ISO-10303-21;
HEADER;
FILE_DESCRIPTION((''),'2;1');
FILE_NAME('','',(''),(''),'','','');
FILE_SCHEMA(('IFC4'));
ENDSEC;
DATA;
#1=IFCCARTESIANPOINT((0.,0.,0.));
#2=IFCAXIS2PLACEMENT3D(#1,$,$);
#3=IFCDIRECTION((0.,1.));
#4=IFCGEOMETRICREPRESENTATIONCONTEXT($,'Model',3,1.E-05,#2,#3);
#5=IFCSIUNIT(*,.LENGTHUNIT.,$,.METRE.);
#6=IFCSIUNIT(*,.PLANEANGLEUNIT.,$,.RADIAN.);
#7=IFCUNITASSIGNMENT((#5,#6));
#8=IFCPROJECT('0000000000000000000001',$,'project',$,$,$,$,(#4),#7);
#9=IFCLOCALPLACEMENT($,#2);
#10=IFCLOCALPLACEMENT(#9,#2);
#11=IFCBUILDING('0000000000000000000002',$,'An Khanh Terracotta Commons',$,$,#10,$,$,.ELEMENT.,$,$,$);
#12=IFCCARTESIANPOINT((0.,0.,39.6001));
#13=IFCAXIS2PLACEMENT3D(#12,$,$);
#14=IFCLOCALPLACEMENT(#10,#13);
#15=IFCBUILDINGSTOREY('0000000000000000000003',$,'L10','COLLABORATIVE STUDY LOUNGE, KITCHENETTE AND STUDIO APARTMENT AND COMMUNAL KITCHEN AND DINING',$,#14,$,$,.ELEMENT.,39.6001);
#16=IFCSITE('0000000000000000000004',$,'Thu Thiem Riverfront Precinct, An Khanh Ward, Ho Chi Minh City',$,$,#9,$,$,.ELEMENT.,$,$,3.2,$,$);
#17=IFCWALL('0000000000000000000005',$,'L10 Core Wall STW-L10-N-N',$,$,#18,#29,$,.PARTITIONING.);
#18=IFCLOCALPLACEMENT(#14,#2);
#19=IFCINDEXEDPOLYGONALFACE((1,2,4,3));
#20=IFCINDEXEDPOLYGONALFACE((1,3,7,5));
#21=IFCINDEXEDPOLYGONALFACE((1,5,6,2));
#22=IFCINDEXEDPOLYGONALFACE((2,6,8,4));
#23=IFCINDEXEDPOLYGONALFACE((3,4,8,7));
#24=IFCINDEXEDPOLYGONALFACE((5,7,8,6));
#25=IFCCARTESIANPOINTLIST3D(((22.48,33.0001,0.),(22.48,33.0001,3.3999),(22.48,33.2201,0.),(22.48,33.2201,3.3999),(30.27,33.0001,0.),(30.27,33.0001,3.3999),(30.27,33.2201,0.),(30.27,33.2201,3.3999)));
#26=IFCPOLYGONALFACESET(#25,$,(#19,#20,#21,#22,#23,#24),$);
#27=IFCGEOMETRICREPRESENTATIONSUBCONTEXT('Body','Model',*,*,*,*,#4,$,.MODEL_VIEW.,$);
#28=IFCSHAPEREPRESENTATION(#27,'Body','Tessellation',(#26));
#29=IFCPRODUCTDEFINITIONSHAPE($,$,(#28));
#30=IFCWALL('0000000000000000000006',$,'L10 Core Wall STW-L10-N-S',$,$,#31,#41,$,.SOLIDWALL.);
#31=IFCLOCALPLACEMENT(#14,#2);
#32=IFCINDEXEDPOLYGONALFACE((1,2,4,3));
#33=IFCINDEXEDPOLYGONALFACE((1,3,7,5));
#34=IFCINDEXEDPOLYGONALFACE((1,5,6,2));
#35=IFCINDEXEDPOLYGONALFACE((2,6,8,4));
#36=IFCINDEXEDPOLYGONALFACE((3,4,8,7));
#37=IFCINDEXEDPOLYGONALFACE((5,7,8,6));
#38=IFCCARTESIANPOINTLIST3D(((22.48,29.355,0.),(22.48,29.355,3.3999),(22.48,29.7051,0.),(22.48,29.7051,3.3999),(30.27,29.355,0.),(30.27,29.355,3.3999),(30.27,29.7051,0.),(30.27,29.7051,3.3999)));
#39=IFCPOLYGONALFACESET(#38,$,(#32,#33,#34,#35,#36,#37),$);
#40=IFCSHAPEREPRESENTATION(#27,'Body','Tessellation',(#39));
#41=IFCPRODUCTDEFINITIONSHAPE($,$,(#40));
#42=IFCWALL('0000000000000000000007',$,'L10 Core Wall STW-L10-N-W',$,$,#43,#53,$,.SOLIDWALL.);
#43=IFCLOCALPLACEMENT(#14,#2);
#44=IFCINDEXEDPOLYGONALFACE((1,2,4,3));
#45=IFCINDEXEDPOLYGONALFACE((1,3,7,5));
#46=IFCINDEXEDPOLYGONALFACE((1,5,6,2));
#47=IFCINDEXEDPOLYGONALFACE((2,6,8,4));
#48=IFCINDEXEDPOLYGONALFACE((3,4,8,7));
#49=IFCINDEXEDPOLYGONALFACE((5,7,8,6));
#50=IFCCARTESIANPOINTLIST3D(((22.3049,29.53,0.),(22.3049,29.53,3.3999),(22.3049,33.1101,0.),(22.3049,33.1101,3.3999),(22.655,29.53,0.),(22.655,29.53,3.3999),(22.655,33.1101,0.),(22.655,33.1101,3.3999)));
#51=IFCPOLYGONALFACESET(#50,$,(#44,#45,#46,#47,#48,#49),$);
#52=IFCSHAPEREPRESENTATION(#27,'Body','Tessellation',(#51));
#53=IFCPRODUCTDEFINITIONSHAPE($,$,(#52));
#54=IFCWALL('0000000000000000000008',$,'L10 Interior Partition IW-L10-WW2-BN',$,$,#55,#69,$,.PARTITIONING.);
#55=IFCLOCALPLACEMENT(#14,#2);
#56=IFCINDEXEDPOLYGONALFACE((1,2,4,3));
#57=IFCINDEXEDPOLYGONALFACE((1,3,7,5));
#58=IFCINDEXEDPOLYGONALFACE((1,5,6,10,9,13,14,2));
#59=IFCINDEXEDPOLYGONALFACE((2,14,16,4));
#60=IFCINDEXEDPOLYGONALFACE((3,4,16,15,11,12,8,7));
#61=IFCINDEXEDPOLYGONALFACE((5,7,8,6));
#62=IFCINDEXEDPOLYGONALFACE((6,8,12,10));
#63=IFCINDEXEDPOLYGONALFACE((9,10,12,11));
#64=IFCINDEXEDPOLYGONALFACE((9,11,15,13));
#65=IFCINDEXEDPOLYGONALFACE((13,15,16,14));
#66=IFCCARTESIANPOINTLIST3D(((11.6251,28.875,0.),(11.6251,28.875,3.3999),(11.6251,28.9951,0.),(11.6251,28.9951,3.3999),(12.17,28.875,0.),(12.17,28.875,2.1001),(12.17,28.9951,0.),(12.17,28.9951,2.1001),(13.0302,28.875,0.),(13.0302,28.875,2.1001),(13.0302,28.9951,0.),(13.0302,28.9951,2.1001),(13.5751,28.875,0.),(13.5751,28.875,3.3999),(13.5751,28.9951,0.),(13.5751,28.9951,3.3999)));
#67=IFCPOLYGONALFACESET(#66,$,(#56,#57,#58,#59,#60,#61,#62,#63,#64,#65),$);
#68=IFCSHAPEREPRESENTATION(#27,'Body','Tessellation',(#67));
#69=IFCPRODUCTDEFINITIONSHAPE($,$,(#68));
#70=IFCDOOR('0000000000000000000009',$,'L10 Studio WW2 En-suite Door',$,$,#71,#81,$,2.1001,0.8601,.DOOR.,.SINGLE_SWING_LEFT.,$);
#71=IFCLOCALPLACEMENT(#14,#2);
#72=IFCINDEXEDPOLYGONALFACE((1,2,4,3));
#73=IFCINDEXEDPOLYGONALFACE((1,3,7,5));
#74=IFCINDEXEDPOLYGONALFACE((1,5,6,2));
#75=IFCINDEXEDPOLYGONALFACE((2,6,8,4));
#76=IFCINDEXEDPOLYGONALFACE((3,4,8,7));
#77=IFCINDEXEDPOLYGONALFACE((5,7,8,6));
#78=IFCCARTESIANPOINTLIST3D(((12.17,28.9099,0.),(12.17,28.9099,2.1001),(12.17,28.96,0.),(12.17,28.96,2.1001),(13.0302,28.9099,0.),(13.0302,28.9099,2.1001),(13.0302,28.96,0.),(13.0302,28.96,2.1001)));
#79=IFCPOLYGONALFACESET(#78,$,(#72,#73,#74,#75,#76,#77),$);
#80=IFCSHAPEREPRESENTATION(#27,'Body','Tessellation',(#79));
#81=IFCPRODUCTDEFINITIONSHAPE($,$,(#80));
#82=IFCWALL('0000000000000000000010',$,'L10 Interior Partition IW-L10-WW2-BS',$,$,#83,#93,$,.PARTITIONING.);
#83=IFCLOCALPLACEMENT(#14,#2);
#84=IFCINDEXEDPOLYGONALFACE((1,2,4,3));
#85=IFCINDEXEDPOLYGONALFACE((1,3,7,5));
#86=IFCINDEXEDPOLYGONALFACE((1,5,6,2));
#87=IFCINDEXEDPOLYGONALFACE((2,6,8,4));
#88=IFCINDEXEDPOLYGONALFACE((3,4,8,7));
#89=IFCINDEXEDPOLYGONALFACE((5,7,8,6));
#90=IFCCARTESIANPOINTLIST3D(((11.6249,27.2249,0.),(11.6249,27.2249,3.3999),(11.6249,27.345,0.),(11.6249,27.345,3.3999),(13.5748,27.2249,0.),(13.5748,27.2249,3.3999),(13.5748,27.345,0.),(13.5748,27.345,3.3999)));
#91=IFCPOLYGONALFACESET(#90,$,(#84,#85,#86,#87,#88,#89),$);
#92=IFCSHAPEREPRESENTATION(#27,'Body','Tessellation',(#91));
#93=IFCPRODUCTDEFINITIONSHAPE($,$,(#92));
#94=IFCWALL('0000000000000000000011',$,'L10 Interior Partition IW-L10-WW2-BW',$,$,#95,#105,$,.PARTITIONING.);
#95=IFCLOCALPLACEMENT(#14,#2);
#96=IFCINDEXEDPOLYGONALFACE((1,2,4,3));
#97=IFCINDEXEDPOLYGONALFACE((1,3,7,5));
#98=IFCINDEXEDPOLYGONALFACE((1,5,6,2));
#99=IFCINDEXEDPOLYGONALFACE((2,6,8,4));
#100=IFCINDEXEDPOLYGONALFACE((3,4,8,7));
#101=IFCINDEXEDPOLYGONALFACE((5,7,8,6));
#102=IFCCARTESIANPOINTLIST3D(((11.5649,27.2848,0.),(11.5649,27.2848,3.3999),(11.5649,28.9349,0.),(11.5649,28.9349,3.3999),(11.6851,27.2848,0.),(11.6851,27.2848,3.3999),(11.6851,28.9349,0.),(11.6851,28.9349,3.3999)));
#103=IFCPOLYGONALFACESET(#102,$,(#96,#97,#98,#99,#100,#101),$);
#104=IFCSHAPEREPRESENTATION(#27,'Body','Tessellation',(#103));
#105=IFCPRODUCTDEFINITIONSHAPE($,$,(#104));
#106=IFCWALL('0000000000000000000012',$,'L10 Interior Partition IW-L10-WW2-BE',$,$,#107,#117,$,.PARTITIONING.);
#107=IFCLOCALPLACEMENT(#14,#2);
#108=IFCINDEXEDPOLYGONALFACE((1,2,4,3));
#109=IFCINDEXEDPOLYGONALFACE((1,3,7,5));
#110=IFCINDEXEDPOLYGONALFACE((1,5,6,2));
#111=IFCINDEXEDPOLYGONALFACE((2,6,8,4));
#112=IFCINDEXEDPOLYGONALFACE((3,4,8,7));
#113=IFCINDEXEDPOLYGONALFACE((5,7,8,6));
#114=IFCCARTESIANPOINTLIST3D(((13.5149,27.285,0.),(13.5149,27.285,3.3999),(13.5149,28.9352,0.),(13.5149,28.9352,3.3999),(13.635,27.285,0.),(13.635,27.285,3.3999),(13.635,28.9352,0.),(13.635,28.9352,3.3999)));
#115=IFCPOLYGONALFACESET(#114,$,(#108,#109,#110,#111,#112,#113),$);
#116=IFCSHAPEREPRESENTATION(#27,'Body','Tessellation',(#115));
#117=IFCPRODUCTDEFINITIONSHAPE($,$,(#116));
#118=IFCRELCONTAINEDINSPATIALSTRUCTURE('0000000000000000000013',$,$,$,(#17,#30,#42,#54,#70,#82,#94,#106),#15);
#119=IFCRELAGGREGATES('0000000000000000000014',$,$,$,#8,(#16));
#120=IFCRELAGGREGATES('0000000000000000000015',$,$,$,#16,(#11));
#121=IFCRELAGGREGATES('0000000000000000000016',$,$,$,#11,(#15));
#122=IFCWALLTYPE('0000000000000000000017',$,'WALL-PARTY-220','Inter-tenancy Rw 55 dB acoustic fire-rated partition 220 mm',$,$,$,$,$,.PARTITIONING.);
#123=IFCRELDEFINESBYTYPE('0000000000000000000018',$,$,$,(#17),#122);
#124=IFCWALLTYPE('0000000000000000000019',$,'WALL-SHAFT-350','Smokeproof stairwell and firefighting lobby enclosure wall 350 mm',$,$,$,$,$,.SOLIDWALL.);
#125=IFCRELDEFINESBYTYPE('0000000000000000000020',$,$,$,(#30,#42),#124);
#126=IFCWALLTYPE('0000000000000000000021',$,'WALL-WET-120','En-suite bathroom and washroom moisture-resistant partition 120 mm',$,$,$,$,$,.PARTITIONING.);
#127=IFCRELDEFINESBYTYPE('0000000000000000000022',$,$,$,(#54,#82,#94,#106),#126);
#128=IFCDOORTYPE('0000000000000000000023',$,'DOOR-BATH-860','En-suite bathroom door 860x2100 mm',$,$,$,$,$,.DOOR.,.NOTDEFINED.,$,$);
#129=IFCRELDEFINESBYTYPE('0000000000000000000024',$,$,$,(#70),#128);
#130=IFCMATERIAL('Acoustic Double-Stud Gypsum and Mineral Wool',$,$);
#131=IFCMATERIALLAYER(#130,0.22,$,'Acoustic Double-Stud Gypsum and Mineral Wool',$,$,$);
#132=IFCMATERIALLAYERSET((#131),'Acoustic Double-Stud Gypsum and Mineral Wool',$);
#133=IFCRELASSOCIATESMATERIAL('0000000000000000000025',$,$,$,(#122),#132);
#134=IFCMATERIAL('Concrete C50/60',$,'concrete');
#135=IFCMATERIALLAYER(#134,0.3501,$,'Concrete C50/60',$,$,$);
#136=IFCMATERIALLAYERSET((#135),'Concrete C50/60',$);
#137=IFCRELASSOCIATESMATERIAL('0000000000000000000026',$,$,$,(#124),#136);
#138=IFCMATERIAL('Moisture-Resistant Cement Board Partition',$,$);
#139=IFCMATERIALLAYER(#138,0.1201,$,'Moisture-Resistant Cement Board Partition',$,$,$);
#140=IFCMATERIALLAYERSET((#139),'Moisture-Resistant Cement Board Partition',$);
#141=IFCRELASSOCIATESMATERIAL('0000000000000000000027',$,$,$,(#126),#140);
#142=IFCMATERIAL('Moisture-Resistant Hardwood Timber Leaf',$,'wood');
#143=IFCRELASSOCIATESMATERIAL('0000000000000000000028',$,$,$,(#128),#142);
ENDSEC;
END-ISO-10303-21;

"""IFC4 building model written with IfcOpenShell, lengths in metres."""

from ifc_helpers import new_model, si_unit, direction, frame, frame_2d, origin, place, context, subcontext, project, spatial, rectangle, extrude, material, layer, layer_set, type_object, element, fill, save


model = new_model("IFC4")

# Units and contexts
model_context = context("Model", 3, precision=1e-05, world=origin(), true_north=direction((0.0, 1.0)))
body_context = subcontext(model_context, "Body", "Model", "MODEL_VIEW")
ifc_project = project(units=[si_unit("LENGTHUNIT", "METRE"), si_unit("PLANEANGLEUNIT", "RADIAN")], contexts=[model_context])

# Site, building, storey
site_placement = place(None, origin())
site = spatial("IfcSite", under=ifc_project, at=site_placement, Name="Thu Thiem Riverfront Precinct, An Khanh Ward, Ho Chi Minh City", CompositionType="ELEMENT", RefElevation=3.2)
building_placement = place(site_placement, origin())
building = spatial("IfcBuilding", under=site, at=building_placement, Name="An Khanh Terracotta Commons", CompositionType="ELEMENT")
storey_placement = place(building_placement, frame((0.0, 0.0, 39.6001)))
storey = spatial("IfcBuildingStorey", under=building, at=storey_placement, Name="L10", Description="COLLABORATIVE STUDY LOUNGE, KITCHENETTE AND STUDIO APARTMENT AND COMMUNAL KITCHEN AND DINING", CompositionType="ELEMENT", Elevation=39.6001)

# Walls
ifc_material_1 = material(Name="Acoustic Double-Stud Gypsum and Mineral Wool")
ifc_layer_1 = layer(ifc_material_1, 0.22, Name="Acoustic Double-Stud Gypsum and Mineral Wool")
ifc_layer_set_1 = layer_set([ifc_layer_1], Name="Acoustic Double-Stud Gypsum and Mineral Wool")
wall_type_1 = type_object("IfcWallType", Name="WALL-PARTY-220", Description="Inter-tenancy Rw 55 dB acoustic fire-rated partition 220 mm", PredefinedType="PARTITIONING", material=ifc_layer_set_1)
wall_1_placement = place(storey_placement, frame((22.48, 33.1101, 0.0), z_axis=(0.0, 0.0, 1.0), x_axis=(1.0, 0.0, 0.0)))
element("IfcWall", 1, at=wall_1_placement, inside=storey, type_object=wall_type_1, Name="L10 Core Wall STW-L10-N-N", PredefinedType="PARTITIONING", context=body_context, shape_type="SweptSolid", body=[
    extrude(rectangle(XDim=7.79, YDim=0.22, at=frame_2d((3.895, 0.0))), origin(), (0.0, 0.0, 1.0), 3.3999),
])
ifc_material_2 = material(Name="Concrete C50/60", Category="concrete")
ifc_layer_2 = layer(ifc_material_2, 0.3501, Name="Concrete C50/60")
ifc_layer_set_2 = layer_set([ifc_layer_2], Name="Concrete C50/60")
wall_type_2 = type_object("IfcWallType", Name="WALL-SHAFT-350", Description="Smokeproof stairwell and firefighting lobby enclosure wall 350 mm", PredefinedType="SOLIDWALL", material=ifc_layer_set_2)
wall_2_placement = place(storey_placement, frame((22.48, 29.53, 0.0), z_axis=(0.0, 0.0, 1.0), x_axis=(1.0, 0.0, 0.0)))
element("IfcWall", 2, at=wall_2_placement, inside=storey, type_object=wall_type_2, Name="L10 Core Wall STW-L10-N-S", PredefinedType="SOLIDWALL", context=body_context, shape_type="SweptSolid", body=[
    extrude(rectangle(XDim=7.79, YDim=0.3501, at=frame_2d((3.895, 0.0))), origin(), (0.0, 0.0, 1.0), 3.3999),
])
wall_3_placement = place(storey_placement, frame((22.48, 29.53, 0.0), z_axis=(0.0, 0.0, 1.0), x_axis=(0.0, 1.0, 0.0)))
element("IfcWall", 3, at=wall_3_placement, inside=storey, type_object=wall_type_2, Name="L10 Core Wall STW-L10-N-W", PredefinedType="SOLIDWALL", context=body_context, shape_type="SweptSolid", body=[
    extrude(rectangle(XDim=3.5801, YDim=0.3501, at=frame_2d((1.79, 0.0))), origin(), (0.0, 0.0, 1.0), 3.3999),
])

# Wall, opening, door
ifc_material_3 = material(Name="Moisture-Resistant Cement Board Partition")
ifc_layer_3 = layer(ifc_material_3, 0.1201, Name="Moisture-Resistant Cement Board Partition")
ifc_layer_set_3 = layer_set([ifc_layer_3], Name="Moisture-Resistant Cement Board Partition")
wall_type_3 = type_object("IfcWallType", Name="WALL-WET-120", Description="En-suite bathroom and washroom moisture-resistant partition 120 mm", PredefinedType="PARTITIONING", material=ifc_layer_set_3)
wall_4_placement = place(storey_placement, frame((11.625, 28.9351, 0.0), z_axis=(0.0, 0.0, 1.0), x_axis=(1.0, 0.0, 0.0)))
wall_4 = element("IfcWall", 4, at=wall_4_placement, inside=storey, type_object=wall_type_3, Name="L10 Interior Partition IW-L10-WW2-BN", PredefinedType="PARTITIONING", context=body_context, shape_type="SweptSolid", body=[
    extrude(rectangle(XDim=1.95, YDim=0.1201, at=frame_2d((0.9751, 0.0))), origin(), (0.0, 0.0, 1.0), 3.3999),
])
opening_1_placement = place(wall_4_placement, frame((0.5449, 0.0, 0.0)))
opening_1 = element("IfcOpeningElement", 5, at=opening_1_placement, cuts=wall_4, PredefinedType="OPENING", context=body_context, shape_type="SweptSolid", body=[
    extrude(rectangle(XDim=0.8601, YDim=2.1001, at=frame_2d((0.4302, 1.05))), frame((0.0, 0.0701, 0.0), z_axis=(0.0, -1.0, 0.0), x_axis=(1.0, 0.0, 0.0)), (0.0, 0.0, 1.0), 0.1401),
])
ifc_material_4 = material(Name="Moisture-Resistant Hardwood Timber Leaf", Category="wood")
door_type_1 = type_object("IfcDoorType", Name="DOOR-BATH-860", Description="En-suite bathroom door 860x2100 mm", OperationType="NOTDEFINED", PredefinedType="DOOR", material=ifc_material_4)
door_1_placement = place(opening_1_placement, origin())
door_1 = element("IfcDoor", 6, at=door_1_placement, inside=storey, type_object=door_type_1, Name="L10 Studio WW2 En-suite Door", OperationType="SINGLE_SWING_LEFT", OverallHeight=2.1001, OverallWidth=0.8601, PredefinedType="DOOR", context=body_context, shape_type="SweptSolid", body=[
    extrude(rectangle(XDim=0.8601, YDim=2.1001, at=frame_2d((0.4302, 1.05))), frame((0.0, 0.0249, 0.0), z_axis=(0.0, -1.0, 0.0), x_axis=(1.0, 0.0, 0.0)), (0.0, 0.0, 1.0), 0.05),
])
fill(opening_1, door_1)

# Walls
wall_5_placement = place(storey_placement, frame((13.575, 27.2849, 0.0), z_axis=(0.0, 0.0, 1.0), x_axis=(-1.0, 0.0, 0.0)))
element("IfcWall", 7, at=wall_5_placement, inside=storey, type_object=wall_type_3, Name="L10 Interior Partition IW-L10-WW2-BS", PredefinedType="PARTITIONING", context=body_context, shape_type="SweptSolid", body=[
    extrude(rectangle(XDim=1.95, YDim=0.1201, at=frame_2d((0.9751, 0.0))), origin(), (0.0, 0.0, 1.0), 3.3999),
])
for number, where, z_axis, x_axis, name in (
    (8, (11.625, 28.9351, 0.0), (0.0, 0.0, 1.0), (0.0, -1.0, 0.0), "L10 Interior Partition IW-L10-WW2-BW"),
    (9, (13.575, 27.2849, 0.0), (0.0, 0.0, 1.0), (0.0, 1.0, 0.0), "L10 Interior Partition IW-L10-WW2-BE"),
):
    element("IfcWall", number, at=place(storey_placement, frame(where, z_axis=z_axis, x_axis=x_axis)), inside=storey, type_object=wall_type_3, Name=name, PredefinedType="PARTITIONING", context=body_context, shape_type="SweptSolid", body=[
        extrude(rectangle(XDim=1.6501, YDim=0.1201, at=frame_2d((0.8252, 0.0))), origin(), (0.0, 0.0, 1.0), 3.3999),
    ])

save(model, "model.ifc")
